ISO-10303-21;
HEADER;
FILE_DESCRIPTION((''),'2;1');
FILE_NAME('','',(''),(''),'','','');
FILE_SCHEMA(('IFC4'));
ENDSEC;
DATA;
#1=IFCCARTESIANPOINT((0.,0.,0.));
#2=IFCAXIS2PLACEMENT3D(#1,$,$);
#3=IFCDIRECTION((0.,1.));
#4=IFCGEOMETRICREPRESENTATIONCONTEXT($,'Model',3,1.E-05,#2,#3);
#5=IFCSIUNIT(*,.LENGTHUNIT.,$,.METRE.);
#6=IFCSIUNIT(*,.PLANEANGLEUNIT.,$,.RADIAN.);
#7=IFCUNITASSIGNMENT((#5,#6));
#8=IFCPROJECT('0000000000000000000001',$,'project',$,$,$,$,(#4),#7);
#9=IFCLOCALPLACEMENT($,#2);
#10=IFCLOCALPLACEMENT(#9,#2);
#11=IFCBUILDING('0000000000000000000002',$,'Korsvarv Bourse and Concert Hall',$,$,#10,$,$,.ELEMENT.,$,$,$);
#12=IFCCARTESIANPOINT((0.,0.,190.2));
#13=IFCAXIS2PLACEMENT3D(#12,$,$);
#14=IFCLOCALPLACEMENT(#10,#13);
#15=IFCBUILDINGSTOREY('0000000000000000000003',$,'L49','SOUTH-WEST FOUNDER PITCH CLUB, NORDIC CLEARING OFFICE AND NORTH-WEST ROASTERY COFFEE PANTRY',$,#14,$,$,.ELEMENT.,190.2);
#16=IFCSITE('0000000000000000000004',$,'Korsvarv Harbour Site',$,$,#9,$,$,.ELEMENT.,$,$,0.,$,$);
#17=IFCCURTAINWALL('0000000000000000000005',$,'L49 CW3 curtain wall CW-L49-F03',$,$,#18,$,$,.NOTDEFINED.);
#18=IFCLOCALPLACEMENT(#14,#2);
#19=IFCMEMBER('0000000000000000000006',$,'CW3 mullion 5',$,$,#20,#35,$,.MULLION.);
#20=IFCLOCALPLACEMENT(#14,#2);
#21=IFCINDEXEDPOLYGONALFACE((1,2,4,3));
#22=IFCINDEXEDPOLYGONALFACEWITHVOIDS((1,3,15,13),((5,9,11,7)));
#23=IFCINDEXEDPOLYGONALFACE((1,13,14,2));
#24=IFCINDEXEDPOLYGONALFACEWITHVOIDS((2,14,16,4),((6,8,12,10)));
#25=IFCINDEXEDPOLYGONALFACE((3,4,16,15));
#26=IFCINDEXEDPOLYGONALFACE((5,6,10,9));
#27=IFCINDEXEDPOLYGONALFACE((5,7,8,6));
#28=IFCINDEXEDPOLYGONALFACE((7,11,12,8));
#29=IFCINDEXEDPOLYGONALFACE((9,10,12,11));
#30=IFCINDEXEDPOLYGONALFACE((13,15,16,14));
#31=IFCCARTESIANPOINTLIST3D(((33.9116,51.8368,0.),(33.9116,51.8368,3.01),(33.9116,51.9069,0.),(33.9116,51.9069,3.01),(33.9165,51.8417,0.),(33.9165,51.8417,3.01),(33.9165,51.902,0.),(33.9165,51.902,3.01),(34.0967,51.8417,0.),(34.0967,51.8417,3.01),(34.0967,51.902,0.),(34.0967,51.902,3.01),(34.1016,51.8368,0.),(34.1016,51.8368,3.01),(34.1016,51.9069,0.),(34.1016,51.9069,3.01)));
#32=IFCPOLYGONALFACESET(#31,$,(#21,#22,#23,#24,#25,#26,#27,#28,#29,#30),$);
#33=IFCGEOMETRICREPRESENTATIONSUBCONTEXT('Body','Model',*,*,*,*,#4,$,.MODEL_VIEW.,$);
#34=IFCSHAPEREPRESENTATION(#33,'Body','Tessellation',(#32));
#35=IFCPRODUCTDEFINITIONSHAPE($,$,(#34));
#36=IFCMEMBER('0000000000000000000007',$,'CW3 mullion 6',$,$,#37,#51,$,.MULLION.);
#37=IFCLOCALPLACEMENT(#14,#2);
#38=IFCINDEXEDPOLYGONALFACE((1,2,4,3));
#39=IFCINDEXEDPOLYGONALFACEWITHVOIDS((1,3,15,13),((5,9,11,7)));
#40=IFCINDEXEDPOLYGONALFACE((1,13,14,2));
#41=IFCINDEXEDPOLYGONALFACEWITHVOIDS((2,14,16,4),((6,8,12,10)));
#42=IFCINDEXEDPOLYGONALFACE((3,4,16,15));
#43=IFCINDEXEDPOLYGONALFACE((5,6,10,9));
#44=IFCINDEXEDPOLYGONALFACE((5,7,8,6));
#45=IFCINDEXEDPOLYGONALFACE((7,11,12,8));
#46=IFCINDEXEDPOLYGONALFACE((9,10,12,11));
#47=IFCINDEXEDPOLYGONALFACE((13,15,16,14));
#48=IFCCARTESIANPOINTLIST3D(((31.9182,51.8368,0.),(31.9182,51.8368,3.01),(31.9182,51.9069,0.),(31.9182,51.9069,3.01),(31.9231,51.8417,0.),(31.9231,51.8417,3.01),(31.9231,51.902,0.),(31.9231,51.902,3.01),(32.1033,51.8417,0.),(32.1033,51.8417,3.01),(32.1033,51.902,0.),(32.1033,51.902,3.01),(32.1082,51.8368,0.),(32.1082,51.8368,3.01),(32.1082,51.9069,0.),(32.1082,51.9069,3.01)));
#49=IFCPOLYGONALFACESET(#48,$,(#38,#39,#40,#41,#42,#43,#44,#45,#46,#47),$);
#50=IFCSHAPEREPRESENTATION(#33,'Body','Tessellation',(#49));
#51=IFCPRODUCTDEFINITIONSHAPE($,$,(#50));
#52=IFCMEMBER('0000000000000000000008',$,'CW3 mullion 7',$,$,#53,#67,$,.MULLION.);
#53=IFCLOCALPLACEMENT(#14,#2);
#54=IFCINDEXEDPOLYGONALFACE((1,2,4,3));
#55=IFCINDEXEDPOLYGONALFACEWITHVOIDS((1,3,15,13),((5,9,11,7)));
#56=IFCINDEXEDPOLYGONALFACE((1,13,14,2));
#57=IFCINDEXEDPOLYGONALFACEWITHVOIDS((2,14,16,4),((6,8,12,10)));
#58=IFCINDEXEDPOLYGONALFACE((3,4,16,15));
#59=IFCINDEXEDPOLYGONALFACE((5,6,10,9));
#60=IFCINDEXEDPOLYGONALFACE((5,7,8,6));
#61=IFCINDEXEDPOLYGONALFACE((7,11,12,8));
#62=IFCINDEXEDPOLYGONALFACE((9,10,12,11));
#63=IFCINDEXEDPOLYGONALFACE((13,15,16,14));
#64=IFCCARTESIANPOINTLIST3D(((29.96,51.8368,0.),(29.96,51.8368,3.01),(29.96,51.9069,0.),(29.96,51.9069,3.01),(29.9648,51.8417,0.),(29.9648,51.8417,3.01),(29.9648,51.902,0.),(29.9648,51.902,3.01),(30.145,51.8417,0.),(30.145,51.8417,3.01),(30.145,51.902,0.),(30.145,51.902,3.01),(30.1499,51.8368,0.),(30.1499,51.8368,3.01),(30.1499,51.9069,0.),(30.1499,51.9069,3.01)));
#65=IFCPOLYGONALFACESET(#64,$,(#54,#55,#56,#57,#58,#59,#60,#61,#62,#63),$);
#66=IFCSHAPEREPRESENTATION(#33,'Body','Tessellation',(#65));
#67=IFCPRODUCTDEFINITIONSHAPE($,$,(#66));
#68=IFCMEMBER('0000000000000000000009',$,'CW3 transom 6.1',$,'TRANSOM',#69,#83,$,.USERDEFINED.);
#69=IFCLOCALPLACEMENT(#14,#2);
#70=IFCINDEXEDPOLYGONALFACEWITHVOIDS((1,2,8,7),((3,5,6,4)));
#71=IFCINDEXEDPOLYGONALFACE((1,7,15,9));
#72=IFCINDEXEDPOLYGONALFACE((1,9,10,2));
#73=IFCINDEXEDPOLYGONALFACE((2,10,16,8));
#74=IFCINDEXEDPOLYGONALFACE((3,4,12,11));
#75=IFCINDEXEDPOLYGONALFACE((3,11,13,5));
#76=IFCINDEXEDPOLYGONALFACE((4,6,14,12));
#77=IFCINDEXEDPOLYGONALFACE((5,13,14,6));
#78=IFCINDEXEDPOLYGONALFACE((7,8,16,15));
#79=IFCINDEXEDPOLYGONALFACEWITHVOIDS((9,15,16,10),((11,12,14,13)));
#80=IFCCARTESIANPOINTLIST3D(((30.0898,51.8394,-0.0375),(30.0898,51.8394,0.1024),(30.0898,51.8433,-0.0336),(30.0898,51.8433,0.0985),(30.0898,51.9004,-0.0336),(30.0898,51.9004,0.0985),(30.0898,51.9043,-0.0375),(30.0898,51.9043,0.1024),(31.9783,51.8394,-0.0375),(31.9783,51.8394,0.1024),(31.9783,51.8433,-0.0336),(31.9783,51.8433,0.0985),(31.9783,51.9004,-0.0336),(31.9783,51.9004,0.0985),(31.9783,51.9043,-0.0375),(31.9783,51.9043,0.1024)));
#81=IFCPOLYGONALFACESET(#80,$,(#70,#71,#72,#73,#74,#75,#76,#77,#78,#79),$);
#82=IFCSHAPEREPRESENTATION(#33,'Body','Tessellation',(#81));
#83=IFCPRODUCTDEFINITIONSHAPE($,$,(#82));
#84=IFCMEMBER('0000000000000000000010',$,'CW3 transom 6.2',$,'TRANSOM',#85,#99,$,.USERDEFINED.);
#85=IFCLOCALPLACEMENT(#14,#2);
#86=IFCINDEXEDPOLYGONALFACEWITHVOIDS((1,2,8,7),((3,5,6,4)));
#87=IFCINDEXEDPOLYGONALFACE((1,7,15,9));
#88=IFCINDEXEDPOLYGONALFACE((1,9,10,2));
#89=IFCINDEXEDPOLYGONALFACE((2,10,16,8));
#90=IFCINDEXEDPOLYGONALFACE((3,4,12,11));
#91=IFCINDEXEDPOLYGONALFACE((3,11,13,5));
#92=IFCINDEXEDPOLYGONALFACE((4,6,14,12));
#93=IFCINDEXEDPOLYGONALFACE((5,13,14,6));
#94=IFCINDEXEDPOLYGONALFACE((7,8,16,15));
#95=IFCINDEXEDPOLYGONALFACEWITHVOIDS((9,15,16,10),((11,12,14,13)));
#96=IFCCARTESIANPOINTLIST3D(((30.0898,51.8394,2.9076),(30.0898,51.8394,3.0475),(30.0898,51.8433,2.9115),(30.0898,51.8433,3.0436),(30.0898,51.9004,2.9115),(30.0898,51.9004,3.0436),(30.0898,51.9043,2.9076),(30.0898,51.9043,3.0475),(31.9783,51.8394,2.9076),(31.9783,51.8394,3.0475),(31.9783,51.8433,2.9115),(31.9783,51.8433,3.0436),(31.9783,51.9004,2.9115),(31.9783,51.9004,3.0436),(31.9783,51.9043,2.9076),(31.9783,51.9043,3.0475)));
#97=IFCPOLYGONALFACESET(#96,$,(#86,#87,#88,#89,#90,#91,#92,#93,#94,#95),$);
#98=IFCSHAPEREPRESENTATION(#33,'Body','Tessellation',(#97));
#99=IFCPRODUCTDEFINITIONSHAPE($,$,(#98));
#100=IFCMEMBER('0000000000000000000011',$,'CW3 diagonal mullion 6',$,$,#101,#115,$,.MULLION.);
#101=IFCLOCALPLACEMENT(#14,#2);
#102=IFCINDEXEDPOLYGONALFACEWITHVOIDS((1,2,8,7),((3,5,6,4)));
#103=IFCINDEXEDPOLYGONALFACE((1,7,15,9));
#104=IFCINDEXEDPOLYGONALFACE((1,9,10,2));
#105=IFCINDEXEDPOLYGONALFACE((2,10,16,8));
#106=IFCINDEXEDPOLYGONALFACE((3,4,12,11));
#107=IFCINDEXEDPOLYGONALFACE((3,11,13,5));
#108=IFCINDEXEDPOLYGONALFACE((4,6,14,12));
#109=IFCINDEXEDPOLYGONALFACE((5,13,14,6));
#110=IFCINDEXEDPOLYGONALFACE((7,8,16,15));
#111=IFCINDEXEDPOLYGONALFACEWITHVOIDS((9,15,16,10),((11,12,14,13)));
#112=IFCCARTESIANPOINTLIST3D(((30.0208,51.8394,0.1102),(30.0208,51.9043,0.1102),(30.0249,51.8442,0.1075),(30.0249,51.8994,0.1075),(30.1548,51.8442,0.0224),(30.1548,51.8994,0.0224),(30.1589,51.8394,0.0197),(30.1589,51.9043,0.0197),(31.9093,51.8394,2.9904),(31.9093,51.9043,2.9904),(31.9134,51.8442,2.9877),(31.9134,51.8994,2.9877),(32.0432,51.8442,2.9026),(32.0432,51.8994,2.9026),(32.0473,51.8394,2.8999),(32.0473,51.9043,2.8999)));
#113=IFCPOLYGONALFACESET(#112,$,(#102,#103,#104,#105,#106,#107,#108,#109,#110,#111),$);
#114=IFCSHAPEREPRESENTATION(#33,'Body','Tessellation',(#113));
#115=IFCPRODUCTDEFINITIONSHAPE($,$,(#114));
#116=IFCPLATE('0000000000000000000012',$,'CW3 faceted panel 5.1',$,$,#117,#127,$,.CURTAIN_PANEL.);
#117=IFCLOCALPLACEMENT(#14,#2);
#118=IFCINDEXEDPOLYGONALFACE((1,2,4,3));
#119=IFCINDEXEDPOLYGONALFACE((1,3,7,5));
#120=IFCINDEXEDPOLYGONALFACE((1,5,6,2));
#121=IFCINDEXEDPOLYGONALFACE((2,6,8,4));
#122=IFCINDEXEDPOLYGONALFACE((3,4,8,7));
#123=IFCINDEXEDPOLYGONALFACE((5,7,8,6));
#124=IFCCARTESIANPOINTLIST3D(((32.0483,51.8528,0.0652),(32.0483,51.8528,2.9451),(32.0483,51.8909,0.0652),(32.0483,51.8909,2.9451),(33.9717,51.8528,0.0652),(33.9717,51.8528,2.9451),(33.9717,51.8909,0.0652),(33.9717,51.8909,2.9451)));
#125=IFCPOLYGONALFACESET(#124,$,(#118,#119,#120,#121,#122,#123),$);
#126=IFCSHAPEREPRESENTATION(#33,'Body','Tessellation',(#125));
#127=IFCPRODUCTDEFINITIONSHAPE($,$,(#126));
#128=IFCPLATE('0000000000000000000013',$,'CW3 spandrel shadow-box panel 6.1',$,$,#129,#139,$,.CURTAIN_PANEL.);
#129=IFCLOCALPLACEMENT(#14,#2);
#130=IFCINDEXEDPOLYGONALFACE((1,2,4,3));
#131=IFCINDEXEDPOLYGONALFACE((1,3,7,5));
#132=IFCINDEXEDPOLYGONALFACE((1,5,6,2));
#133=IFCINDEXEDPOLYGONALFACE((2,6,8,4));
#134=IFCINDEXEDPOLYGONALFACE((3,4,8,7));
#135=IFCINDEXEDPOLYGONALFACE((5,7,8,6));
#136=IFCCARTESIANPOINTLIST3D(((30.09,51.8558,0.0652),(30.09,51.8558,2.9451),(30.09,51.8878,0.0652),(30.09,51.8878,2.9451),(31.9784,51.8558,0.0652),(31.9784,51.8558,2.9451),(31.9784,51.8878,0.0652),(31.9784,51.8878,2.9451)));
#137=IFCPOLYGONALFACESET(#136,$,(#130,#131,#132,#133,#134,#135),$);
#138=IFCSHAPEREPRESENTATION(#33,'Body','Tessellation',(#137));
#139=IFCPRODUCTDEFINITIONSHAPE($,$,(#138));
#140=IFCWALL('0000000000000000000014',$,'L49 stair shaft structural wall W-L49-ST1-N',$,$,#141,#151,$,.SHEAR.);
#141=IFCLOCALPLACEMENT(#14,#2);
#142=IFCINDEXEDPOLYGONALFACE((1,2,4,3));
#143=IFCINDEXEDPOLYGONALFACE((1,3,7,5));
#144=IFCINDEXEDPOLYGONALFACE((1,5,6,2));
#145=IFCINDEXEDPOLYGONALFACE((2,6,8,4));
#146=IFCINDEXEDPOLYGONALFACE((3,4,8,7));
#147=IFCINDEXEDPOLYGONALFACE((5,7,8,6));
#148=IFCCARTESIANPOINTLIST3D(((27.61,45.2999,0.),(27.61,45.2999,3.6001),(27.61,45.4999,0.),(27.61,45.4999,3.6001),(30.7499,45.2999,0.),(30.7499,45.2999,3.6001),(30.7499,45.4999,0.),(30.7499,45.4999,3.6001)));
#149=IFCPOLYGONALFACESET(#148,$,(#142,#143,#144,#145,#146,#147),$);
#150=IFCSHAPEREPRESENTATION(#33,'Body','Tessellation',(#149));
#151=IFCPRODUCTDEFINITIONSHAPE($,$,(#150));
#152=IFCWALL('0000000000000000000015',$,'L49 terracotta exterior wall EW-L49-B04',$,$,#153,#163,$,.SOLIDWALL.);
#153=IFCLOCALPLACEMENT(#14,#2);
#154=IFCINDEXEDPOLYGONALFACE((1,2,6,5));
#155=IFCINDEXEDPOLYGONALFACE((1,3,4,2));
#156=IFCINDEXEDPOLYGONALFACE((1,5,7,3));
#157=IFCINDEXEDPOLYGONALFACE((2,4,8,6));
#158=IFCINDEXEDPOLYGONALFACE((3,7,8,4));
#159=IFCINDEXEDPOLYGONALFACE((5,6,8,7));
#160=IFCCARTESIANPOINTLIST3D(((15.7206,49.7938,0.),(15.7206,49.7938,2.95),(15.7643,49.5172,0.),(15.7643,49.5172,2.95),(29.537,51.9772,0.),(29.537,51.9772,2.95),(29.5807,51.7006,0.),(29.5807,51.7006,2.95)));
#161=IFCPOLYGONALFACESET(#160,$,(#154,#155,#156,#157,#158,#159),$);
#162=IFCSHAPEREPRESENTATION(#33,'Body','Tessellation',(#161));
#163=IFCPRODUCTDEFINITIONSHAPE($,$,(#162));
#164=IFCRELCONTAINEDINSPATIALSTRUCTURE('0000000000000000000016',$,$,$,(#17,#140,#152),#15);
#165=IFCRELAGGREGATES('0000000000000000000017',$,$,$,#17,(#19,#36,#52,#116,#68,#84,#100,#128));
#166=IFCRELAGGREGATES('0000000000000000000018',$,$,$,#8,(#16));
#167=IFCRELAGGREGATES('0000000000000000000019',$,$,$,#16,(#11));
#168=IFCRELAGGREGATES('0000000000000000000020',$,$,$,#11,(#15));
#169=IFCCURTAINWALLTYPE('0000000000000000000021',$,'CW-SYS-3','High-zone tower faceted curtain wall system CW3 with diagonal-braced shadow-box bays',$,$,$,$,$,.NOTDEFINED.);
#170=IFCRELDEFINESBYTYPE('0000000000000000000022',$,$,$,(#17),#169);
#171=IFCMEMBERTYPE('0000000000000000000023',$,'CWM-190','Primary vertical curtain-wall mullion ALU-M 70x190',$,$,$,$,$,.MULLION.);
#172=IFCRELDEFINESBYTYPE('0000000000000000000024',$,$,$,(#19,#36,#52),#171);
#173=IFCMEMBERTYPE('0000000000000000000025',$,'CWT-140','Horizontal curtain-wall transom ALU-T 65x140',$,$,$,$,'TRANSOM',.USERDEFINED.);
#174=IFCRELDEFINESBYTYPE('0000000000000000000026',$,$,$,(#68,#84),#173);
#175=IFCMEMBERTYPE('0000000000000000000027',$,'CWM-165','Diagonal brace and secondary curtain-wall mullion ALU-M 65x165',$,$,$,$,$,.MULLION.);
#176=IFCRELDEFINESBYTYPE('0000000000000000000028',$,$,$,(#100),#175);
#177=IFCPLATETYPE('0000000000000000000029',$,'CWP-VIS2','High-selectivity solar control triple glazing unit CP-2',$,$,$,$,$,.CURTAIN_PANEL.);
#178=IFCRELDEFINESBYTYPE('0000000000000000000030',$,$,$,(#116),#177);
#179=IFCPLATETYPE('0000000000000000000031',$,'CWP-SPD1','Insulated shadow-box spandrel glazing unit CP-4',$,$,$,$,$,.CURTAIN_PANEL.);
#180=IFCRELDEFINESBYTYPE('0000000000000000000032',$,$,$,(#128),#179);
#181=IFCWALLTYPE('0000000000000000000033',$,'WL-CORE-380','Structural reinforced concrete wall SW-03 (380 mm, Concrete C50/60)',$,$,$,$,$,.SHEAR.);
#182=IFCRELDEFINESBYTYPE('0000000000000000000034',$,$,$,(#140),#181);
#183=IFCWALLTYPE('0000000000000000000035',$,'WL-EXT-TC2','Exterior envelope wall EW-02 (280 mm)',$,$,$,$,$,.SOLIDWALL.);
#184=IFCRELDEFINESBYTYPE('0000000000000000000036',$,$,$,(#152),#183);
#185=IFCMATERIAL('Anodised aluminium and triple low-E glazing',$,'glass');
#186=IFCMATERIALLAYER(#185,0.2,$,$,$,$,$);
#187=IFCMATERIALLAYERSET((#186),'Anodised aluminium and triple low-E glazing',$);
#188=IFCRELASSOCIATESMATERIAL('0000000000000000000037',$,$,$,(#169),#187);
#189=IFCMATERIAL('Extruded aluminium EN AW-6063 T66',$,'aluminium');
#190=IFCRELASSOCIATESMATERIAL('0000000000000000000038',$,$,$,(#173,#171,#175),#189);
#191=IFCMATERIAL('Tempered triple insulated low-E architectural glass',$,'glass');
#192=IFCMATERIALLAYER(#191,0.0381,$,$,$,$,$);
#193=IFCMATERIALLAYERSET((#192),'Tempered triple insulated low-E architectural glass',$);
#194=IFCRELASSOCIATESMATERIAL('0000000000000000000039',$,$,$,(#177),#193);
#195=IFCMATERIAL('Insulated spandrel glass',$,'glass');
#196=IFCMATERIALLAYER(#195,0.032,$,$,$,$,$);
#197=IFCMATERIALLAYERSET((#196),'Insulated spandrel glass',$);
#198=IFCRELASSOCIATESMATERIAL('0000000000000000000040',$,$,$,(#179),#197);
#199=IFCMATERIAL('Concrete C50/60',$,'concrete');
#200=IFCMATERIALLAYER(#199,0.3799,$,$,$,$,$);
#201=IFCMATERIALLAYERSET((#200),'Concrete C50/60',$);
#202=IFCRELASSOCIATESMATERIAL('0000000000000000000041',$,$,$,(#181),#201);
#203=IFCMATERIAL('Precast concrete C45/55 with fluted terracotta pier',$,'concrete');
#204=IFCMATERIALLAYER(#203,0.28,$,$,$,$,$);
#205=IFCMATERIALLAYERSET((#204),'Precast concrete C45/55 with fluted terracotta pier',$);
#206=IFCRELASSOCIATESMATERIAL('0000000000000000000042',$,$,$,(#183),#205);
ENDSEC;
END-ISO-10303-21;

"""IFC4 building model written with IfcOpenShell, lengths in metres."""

from ifc_helpers import new_model, si_unit, direction, frame, frame_2d, origin, origin_2d, place, context, subcontext, project, spatial, rectangle, hollow_rectangle, extrude, source, transform, mapped, material, layer, layer_set, material_profile, profile_set, type_object, element, aggregate, save


model = new_model("IFC4")

# Units and contexts
model_context = context("Model", 3, precision=1e-05, world=origin(), true_north=direction((0.0, 1.0)))
body_context = subcontext(model_context, "Body", "Model", "MODEL_VIEW")
ifc_project = project(units=[si_unit("LENGTHUNIT", "METRE"), si_unit("PLANEANGLEUNIT", "RADIAN")], contexts=[model_context])

# Site, building, storey
site_placement = place(None, origin())
site = spatial("IfcSite", under=ifc_project, at=site_placement, Name="Korsvarv Harbour Site", CompositionType="ELEMENT", RefElevation=0.0)
building_placement = place(site_placement, origin())
building = spatial("IfcBuilding", under=site, at=building_placement, Name="Korsvarv Bourse and Concert Hall", CompositionType="ELEMENT")
storey_placement = place(building_placement, frame((0.0, 0.0, 190.2)))
storey = spatial("IfcBuildingStorey", under=building, at=storey_placement, Name="L49", Description="SOUTH-WEST FOUNDER PITCH CLUB, NORDIC CLEARING OFFICE AND NORTH-WEST ROASTERY COFFEE PANTRY", CompositionType="ELEMENT", Elevation=190.2)

# Curtain wall, members, plates
ifc_material_1 = material(Name="Anodised aluminium and triple low-E glazing", Category="glass")
ifc_layer_1 = layer(ifc_material_1, 0.2)
ifc_layer_set_1 = layer_set([ifc_layer_1], Name="Anodised aluminium and triple low-E glazing")
curtain_wall_type = type_object("IfcCurtainWallType", Name="CW-SYS-3", Description="High-zone tower faceted curtain wall system CW3 with diagonal-braced shadow-box bays", PredefinedType="NOTDEFINED", material=ifc_layer_set_1)
curtain_wall_placement = place(storey_placement, origin())
curtain_wall = element("IfcCurtainWall", 1, at=curtain_wall_placement, inside=storey, type_object=curtain_wall_type, Name="L49 CW3 curtain wall CW-L49-F03", PredefinedType="NOTDEFINED")
ifc_material_2 = material(Name="Extruded aluminium EN AW-6063 T66", Category="aluminium")
ifc_material_profile_1 = material_profile(ifc_material_2, hollow_rectangle(XDim=0.0649, YDim=0.1399, WallThickness=0.0039, at=origin_2d()), Name="ALU-T 65x140")
ifc_profile_set_1 = profile_set([ifc_material_profile_1], Name="Extruded aluminium EN AW-6063 T66")
member_type_1 = type_object("IfcMemberType", Name="CWT-140", Description="Horizontal curtain-wall transom ALU-T 65x140", ElementType="TRANSOM", PredefinedType="USERDEFINED", material=ifc_profile_set_1)
ifc_material_profile_2 = material_profile(ifc_material_2, hollow_rectangle(XDim=0.0701, YDim=0.1899, WallThickness=0.0049, at=origin_2d()), Name="ALU-M 70x190")
ifc_profile_set_2 = profile_set([ifc_material_profile_2], Name="Extruded aluminium EN AW-6063 T66")
member_type_2 = type_object("IfcMemberType", Name="CWM-190", Description="Primary vertical curtain-wall mullion ALU-M 70x190", PredefinedType="MULLION", material=ifc_profile_set_2)
shared_shape_1 = source(origin(), body_context, "Body", "SweptSolid", [
    extrude(hollow_rectangle(XDim=0.0701, YDim=0.1899, WallThickness=0.0049, at=origin_2d()), origin(), (0.0, 0.0, 1.0), 3.01),
])
member_1_placement = place(storey_placement, frame((34.0066, 51.8718, 0.0), z_axis=(0.0, 0.0, 1.0), x_axis=(0.0, -1.0, 0.0)))
member_1 = element("IfcMember", 2, at=member_1_placement, type_object=member_type_2, Name="CW3 mullion 5", PredefinedType="MULLION", context=body_context, shape_type="MappedRepresentation", body=[
    mapped(shared_shape_1, transform((0.0, 0.0, 0.0), scale=1.0)),
])
member_2_placement = place(storey_placement, frame((32.0132, 51.8718, 0.0), z_axis=(0.0, 0.0, 1.0), x_axis=(0.0, -1.0, 0.0)))
member_2 = element("IfcMember", 3, at=member_2_placement, type_object=member_type_2, Name="CW3 mullion 6", PredefinedType="MULLION", context=body_context, shape_type="MappedRepresentation", body=[
    mapped(shared_shape_1, transform((0.0, 0.0, 0.0), scale=1.0)),
])
member_3_placement = place(storey_placement, frame((30.0549, 51.8718, 0.0), z_axis=(0.0, 0.0, 1.0), x_axis=(0.0, -1.0, 0.0)))
member_3 = element("IfcMember", 4, at=member_3_placement, type_object=member_type_2, Name="CW3 mullion 7", PredefinedType="MULLION", context=body_context, shape_type="MappedRepresentation", body=[
    mapped(shared_shape_1, transform((0.0, 0.0, 0.0), scale=1.0)),
])
shared_shape_2 = source(origin(), body_context, "Body", "SweptSolid", [
    extrude(hollow_rectangle(XDim=0.0649, YDim=0.1399, WallThickness=0.0039, at=origin_2d()), origin(), (0.0, 0.0, 1.0), 1.8884),
])
member_4_placement = place(storey_placement, frame((31.9783, 51.8718, 0.0325), z_axis=(-1.0, 0.0, 0.0), x_axis=(0.0, -1.0, 0.0)))
member_4 = element("IfcMember", 5, at=member_4_placement, type_object=member_type_1, Name="CW3 transom 6.1", ObjectType="TRANSOM", PredefinedType="USERDEFINED", context=body_context, shape_type="MappedRepresentation", body=[
    mapped(shared_shape_2, transform((0.0, 0.0, 0.0), scale=1.0)),
])
member_5_placement = place(storey_placement, frame((31.9783, 51.8718, 2.9775), z_axis=(-1.0, 0.0, 0.0), x_axis=(0.0, -1.0, 0.0)))
member_5 = element("IfcMember", 6, at=member_5_placement, type_object=member_type_1, Name="CW3 transom 6.2", ObjectType="TRANSOM", PredefinedType="USERDEFINED", context=body_context, shape_type="MappedRepresentation", body=[
    mapped(shared_shape_2, transform((0.0, 0.0, 0.0), scale=1.0)),
])
ifc_material_profile_3 = material_profile(ifc_material_2, hollow_rectangle(XDim=0.0649, YDim=0.165, WallThickness=0.0049, at=origin_2d()), Name="ALU-M 65x165")
ifc_profile_set_3 = profile_set([ifc_material_profile_3], Name="Extruded aluminium EN AW-6063 T66")
member_type_3 = type_object("IfcMemberType", Name="CWM-165", Description="Diagonal brace and secondary curtain-wall mullion ALU-M 65x165", PredefinedType="MULLION", material=ifc_profile_set_3)
shared_shape_3 = source(origin(), body_context, "Body", "SweptSolid", [
    extrude(hollow_rectangle(XDim=0.0649, YDim=0.165, WallThickness=0.0049, at=origin_2d()), origin(), (0.0, 0.0, 1.0), 3.4441),
])
member_6_placement = place(storey_placement, frame((30.0898, 51.8718, 0.0649), z_axis=(0.54832, 0.0, 0.836268), x_axis=(0.0, 1.0, 0.0)))
member_6 = element("IfcMember", 7, at=member_6_placement, type_object=member_type_3, Name="CW3 diagonal mullion 6", PredefinedType="MULLION", context=body_context, shape_type="MappedRepresentation", body=[
    mapped(shared_shape_3, transform((0.0, 0.0, 0.0), scale=1.0)),
])
ifc_material_3 = material(Name="Tempered triple insulated low-E architectural glass", Category="glass")
ifc_layer_2 = layer(ifc_material_3, 0.0381)
ifc_layer_set_2 = layer_set([ifc_layer_2], Name="Tempered triple insulated low-E architectural glass")
plate_type_1 = type_object("IfcPlateType", Name="CWP-VIS2", Description="High-selectivity solar control triple glazing unit CP-2", PredefinedType="CURTAIN_PANEL", material=ifc_layer_set_2)
shared_shape_4 = source(origin(), body_context, "Body", "SweptSolid", [
    extrude(rectangle(XDim=1.9233, YDim=0.0381, at=origin_2d()), origin(), (0.0, 0.0, 1.0), 2.8799),
])
plate_1_placement = place(storey_placement, frame((33.01, 51.8718, 0.0652), z_axis=(0.0, 0.0, 1.0), x_axis=(-1.0, 0.0, 0.0)))
plate_1 = element("IfcPlate", 8, at=plate_1_placement, type_object=plate_type_1, Name="CW3 faceted panel 5.1", PredefinedType="CURTAIN_PANEL", context=body_context, shape_type="MappedRepresentation", body=[
    mapped(shared_shape_4, transform((0.0, 0.0, 0.0), scale=1.0)),
])
ifc_material_4 = material(Name="Insulated spandrel glass", Category="glass")
ifc_layer_3 = layer(ifc_material_4, 0.032)
ifc_layer_set_3 = layer_set([ifc_layer_3], Name="Insulated spandrel glass")
plate_type_2 = type_object("IfcPlateType", Name="CWP-SPD1", Description="Insulated shadow-box spandrel glazing unit CP-4", PredefinedType="CURTAIN_PANEL", material=ifc_layer_set_3)
shared_shape_5 = source(origin(), body_context, "Body", "SweptSolid", [
    extrude(rectangle(XDim=1.8884, YDim=0.032, at=origin_2d()), origin(), (0.0, 0.0, 1.0), 2.8799),
])
plate_2_placement = place(storey_placement, frame((31.0342, 51.8718, 0.0652), z_axis=(0.0, 0.0, 1.0), x_axis=(-1.0, 0.0, 0.0)))
plate_2 = element("IfcPlate", 9, at=plate_2_placement, type_object=plate_type_2, Name="CW3 spandrel shadow-box panel 6.1", PredefinedType="CURTAIN_PANEL", context=body_context, shape_type="MappedRepresentation", body=[
    mapped(shared_shape_5, transform((0.0, 0.0, 0.0), scale=1.0)),
])
aggregate(curtain_wall, [member_1, member_2, member_3, plate_1, member_4, member_5, member_6, plate_2])

# Walls
ifc_material_5 = material(Name="Concrete C50/60", Category="concrete")
ifc_layer_4 = layer(ifc_material_5, 0.3799)
ifc_layer_set_4 = layer_set([ifc_layer_4], Name="Concrete C50/60")
wall_type_1 = type_object("IfcWallType", Name="WL-CORE-380", Description="Structural reinforced concrete wall SW-03 (380 mm, Concrete C50/60)", PredefinedType="SHEAR", material=ifc_layer_set_4)
wall_1_placement = place(storey_placement, frame((27.6101, 45.3999, 0.0), z_axis=(0.0, 0.0, 1.0), x_axis=(1.0, 0.0, 0.0)))
element("IfcWall", 10, at=wall_1_placement, inside=storey, type_object=wall_type_1, Name="L49 stair shaft structural wall W-L49-ST1-N", PredefinedType="SHEAR", context=body_context, shape_type="SweptSolid", body=[
    extrude(rectangle(XDim=3.1399, YDim=0.2, at=frame_2d((1.5698, 0.0))), origin(), (0.0, 0.0, 1.0), 3.6001),
])
ifc_material_6 = material(Name="Precast concrete C45/55 with fluted terracotta pier", Category="concrete")
ifc_layer_5 = layer(ifc_material_6, 0.28)
ifc_layer_set_5 = layer_set([ifc_layer_5], Name="Precast concrete C45/55 with fluted terracotta pier")
wall_type_2 = type_object("IfcWallType", Name="WL-EXT-TC2", Description="Exterior envelope wall EW-02 (280 mm)", PredefinedType="SOLIDWALL", material=ifc_layer_set_5)
wall_2_placement = place(storey_placement, frame((29.5588, 51.8389, 0.0), z_axis=(0.0, 0.0, 1.0), x_axis=(-0.987743, -0.156089, 0.0)))
element("IfcWall", 11, at=wall_2_placement, inside=storey, type_object=wall_type_2, Name="L49 terracotta exterior wall EW-L49-B04", PredefinedType="SOLIDWALL", context=body_context, shape_type="SweptSolid", body=[
    extrude(rectangle(XDim=13.9878, YDim=0.28, at=frame_2d((6.9939, 0.0))), origin(), (0.0, 0.0, 1.0), 2.95),
])

save(model, "model.ifc")
